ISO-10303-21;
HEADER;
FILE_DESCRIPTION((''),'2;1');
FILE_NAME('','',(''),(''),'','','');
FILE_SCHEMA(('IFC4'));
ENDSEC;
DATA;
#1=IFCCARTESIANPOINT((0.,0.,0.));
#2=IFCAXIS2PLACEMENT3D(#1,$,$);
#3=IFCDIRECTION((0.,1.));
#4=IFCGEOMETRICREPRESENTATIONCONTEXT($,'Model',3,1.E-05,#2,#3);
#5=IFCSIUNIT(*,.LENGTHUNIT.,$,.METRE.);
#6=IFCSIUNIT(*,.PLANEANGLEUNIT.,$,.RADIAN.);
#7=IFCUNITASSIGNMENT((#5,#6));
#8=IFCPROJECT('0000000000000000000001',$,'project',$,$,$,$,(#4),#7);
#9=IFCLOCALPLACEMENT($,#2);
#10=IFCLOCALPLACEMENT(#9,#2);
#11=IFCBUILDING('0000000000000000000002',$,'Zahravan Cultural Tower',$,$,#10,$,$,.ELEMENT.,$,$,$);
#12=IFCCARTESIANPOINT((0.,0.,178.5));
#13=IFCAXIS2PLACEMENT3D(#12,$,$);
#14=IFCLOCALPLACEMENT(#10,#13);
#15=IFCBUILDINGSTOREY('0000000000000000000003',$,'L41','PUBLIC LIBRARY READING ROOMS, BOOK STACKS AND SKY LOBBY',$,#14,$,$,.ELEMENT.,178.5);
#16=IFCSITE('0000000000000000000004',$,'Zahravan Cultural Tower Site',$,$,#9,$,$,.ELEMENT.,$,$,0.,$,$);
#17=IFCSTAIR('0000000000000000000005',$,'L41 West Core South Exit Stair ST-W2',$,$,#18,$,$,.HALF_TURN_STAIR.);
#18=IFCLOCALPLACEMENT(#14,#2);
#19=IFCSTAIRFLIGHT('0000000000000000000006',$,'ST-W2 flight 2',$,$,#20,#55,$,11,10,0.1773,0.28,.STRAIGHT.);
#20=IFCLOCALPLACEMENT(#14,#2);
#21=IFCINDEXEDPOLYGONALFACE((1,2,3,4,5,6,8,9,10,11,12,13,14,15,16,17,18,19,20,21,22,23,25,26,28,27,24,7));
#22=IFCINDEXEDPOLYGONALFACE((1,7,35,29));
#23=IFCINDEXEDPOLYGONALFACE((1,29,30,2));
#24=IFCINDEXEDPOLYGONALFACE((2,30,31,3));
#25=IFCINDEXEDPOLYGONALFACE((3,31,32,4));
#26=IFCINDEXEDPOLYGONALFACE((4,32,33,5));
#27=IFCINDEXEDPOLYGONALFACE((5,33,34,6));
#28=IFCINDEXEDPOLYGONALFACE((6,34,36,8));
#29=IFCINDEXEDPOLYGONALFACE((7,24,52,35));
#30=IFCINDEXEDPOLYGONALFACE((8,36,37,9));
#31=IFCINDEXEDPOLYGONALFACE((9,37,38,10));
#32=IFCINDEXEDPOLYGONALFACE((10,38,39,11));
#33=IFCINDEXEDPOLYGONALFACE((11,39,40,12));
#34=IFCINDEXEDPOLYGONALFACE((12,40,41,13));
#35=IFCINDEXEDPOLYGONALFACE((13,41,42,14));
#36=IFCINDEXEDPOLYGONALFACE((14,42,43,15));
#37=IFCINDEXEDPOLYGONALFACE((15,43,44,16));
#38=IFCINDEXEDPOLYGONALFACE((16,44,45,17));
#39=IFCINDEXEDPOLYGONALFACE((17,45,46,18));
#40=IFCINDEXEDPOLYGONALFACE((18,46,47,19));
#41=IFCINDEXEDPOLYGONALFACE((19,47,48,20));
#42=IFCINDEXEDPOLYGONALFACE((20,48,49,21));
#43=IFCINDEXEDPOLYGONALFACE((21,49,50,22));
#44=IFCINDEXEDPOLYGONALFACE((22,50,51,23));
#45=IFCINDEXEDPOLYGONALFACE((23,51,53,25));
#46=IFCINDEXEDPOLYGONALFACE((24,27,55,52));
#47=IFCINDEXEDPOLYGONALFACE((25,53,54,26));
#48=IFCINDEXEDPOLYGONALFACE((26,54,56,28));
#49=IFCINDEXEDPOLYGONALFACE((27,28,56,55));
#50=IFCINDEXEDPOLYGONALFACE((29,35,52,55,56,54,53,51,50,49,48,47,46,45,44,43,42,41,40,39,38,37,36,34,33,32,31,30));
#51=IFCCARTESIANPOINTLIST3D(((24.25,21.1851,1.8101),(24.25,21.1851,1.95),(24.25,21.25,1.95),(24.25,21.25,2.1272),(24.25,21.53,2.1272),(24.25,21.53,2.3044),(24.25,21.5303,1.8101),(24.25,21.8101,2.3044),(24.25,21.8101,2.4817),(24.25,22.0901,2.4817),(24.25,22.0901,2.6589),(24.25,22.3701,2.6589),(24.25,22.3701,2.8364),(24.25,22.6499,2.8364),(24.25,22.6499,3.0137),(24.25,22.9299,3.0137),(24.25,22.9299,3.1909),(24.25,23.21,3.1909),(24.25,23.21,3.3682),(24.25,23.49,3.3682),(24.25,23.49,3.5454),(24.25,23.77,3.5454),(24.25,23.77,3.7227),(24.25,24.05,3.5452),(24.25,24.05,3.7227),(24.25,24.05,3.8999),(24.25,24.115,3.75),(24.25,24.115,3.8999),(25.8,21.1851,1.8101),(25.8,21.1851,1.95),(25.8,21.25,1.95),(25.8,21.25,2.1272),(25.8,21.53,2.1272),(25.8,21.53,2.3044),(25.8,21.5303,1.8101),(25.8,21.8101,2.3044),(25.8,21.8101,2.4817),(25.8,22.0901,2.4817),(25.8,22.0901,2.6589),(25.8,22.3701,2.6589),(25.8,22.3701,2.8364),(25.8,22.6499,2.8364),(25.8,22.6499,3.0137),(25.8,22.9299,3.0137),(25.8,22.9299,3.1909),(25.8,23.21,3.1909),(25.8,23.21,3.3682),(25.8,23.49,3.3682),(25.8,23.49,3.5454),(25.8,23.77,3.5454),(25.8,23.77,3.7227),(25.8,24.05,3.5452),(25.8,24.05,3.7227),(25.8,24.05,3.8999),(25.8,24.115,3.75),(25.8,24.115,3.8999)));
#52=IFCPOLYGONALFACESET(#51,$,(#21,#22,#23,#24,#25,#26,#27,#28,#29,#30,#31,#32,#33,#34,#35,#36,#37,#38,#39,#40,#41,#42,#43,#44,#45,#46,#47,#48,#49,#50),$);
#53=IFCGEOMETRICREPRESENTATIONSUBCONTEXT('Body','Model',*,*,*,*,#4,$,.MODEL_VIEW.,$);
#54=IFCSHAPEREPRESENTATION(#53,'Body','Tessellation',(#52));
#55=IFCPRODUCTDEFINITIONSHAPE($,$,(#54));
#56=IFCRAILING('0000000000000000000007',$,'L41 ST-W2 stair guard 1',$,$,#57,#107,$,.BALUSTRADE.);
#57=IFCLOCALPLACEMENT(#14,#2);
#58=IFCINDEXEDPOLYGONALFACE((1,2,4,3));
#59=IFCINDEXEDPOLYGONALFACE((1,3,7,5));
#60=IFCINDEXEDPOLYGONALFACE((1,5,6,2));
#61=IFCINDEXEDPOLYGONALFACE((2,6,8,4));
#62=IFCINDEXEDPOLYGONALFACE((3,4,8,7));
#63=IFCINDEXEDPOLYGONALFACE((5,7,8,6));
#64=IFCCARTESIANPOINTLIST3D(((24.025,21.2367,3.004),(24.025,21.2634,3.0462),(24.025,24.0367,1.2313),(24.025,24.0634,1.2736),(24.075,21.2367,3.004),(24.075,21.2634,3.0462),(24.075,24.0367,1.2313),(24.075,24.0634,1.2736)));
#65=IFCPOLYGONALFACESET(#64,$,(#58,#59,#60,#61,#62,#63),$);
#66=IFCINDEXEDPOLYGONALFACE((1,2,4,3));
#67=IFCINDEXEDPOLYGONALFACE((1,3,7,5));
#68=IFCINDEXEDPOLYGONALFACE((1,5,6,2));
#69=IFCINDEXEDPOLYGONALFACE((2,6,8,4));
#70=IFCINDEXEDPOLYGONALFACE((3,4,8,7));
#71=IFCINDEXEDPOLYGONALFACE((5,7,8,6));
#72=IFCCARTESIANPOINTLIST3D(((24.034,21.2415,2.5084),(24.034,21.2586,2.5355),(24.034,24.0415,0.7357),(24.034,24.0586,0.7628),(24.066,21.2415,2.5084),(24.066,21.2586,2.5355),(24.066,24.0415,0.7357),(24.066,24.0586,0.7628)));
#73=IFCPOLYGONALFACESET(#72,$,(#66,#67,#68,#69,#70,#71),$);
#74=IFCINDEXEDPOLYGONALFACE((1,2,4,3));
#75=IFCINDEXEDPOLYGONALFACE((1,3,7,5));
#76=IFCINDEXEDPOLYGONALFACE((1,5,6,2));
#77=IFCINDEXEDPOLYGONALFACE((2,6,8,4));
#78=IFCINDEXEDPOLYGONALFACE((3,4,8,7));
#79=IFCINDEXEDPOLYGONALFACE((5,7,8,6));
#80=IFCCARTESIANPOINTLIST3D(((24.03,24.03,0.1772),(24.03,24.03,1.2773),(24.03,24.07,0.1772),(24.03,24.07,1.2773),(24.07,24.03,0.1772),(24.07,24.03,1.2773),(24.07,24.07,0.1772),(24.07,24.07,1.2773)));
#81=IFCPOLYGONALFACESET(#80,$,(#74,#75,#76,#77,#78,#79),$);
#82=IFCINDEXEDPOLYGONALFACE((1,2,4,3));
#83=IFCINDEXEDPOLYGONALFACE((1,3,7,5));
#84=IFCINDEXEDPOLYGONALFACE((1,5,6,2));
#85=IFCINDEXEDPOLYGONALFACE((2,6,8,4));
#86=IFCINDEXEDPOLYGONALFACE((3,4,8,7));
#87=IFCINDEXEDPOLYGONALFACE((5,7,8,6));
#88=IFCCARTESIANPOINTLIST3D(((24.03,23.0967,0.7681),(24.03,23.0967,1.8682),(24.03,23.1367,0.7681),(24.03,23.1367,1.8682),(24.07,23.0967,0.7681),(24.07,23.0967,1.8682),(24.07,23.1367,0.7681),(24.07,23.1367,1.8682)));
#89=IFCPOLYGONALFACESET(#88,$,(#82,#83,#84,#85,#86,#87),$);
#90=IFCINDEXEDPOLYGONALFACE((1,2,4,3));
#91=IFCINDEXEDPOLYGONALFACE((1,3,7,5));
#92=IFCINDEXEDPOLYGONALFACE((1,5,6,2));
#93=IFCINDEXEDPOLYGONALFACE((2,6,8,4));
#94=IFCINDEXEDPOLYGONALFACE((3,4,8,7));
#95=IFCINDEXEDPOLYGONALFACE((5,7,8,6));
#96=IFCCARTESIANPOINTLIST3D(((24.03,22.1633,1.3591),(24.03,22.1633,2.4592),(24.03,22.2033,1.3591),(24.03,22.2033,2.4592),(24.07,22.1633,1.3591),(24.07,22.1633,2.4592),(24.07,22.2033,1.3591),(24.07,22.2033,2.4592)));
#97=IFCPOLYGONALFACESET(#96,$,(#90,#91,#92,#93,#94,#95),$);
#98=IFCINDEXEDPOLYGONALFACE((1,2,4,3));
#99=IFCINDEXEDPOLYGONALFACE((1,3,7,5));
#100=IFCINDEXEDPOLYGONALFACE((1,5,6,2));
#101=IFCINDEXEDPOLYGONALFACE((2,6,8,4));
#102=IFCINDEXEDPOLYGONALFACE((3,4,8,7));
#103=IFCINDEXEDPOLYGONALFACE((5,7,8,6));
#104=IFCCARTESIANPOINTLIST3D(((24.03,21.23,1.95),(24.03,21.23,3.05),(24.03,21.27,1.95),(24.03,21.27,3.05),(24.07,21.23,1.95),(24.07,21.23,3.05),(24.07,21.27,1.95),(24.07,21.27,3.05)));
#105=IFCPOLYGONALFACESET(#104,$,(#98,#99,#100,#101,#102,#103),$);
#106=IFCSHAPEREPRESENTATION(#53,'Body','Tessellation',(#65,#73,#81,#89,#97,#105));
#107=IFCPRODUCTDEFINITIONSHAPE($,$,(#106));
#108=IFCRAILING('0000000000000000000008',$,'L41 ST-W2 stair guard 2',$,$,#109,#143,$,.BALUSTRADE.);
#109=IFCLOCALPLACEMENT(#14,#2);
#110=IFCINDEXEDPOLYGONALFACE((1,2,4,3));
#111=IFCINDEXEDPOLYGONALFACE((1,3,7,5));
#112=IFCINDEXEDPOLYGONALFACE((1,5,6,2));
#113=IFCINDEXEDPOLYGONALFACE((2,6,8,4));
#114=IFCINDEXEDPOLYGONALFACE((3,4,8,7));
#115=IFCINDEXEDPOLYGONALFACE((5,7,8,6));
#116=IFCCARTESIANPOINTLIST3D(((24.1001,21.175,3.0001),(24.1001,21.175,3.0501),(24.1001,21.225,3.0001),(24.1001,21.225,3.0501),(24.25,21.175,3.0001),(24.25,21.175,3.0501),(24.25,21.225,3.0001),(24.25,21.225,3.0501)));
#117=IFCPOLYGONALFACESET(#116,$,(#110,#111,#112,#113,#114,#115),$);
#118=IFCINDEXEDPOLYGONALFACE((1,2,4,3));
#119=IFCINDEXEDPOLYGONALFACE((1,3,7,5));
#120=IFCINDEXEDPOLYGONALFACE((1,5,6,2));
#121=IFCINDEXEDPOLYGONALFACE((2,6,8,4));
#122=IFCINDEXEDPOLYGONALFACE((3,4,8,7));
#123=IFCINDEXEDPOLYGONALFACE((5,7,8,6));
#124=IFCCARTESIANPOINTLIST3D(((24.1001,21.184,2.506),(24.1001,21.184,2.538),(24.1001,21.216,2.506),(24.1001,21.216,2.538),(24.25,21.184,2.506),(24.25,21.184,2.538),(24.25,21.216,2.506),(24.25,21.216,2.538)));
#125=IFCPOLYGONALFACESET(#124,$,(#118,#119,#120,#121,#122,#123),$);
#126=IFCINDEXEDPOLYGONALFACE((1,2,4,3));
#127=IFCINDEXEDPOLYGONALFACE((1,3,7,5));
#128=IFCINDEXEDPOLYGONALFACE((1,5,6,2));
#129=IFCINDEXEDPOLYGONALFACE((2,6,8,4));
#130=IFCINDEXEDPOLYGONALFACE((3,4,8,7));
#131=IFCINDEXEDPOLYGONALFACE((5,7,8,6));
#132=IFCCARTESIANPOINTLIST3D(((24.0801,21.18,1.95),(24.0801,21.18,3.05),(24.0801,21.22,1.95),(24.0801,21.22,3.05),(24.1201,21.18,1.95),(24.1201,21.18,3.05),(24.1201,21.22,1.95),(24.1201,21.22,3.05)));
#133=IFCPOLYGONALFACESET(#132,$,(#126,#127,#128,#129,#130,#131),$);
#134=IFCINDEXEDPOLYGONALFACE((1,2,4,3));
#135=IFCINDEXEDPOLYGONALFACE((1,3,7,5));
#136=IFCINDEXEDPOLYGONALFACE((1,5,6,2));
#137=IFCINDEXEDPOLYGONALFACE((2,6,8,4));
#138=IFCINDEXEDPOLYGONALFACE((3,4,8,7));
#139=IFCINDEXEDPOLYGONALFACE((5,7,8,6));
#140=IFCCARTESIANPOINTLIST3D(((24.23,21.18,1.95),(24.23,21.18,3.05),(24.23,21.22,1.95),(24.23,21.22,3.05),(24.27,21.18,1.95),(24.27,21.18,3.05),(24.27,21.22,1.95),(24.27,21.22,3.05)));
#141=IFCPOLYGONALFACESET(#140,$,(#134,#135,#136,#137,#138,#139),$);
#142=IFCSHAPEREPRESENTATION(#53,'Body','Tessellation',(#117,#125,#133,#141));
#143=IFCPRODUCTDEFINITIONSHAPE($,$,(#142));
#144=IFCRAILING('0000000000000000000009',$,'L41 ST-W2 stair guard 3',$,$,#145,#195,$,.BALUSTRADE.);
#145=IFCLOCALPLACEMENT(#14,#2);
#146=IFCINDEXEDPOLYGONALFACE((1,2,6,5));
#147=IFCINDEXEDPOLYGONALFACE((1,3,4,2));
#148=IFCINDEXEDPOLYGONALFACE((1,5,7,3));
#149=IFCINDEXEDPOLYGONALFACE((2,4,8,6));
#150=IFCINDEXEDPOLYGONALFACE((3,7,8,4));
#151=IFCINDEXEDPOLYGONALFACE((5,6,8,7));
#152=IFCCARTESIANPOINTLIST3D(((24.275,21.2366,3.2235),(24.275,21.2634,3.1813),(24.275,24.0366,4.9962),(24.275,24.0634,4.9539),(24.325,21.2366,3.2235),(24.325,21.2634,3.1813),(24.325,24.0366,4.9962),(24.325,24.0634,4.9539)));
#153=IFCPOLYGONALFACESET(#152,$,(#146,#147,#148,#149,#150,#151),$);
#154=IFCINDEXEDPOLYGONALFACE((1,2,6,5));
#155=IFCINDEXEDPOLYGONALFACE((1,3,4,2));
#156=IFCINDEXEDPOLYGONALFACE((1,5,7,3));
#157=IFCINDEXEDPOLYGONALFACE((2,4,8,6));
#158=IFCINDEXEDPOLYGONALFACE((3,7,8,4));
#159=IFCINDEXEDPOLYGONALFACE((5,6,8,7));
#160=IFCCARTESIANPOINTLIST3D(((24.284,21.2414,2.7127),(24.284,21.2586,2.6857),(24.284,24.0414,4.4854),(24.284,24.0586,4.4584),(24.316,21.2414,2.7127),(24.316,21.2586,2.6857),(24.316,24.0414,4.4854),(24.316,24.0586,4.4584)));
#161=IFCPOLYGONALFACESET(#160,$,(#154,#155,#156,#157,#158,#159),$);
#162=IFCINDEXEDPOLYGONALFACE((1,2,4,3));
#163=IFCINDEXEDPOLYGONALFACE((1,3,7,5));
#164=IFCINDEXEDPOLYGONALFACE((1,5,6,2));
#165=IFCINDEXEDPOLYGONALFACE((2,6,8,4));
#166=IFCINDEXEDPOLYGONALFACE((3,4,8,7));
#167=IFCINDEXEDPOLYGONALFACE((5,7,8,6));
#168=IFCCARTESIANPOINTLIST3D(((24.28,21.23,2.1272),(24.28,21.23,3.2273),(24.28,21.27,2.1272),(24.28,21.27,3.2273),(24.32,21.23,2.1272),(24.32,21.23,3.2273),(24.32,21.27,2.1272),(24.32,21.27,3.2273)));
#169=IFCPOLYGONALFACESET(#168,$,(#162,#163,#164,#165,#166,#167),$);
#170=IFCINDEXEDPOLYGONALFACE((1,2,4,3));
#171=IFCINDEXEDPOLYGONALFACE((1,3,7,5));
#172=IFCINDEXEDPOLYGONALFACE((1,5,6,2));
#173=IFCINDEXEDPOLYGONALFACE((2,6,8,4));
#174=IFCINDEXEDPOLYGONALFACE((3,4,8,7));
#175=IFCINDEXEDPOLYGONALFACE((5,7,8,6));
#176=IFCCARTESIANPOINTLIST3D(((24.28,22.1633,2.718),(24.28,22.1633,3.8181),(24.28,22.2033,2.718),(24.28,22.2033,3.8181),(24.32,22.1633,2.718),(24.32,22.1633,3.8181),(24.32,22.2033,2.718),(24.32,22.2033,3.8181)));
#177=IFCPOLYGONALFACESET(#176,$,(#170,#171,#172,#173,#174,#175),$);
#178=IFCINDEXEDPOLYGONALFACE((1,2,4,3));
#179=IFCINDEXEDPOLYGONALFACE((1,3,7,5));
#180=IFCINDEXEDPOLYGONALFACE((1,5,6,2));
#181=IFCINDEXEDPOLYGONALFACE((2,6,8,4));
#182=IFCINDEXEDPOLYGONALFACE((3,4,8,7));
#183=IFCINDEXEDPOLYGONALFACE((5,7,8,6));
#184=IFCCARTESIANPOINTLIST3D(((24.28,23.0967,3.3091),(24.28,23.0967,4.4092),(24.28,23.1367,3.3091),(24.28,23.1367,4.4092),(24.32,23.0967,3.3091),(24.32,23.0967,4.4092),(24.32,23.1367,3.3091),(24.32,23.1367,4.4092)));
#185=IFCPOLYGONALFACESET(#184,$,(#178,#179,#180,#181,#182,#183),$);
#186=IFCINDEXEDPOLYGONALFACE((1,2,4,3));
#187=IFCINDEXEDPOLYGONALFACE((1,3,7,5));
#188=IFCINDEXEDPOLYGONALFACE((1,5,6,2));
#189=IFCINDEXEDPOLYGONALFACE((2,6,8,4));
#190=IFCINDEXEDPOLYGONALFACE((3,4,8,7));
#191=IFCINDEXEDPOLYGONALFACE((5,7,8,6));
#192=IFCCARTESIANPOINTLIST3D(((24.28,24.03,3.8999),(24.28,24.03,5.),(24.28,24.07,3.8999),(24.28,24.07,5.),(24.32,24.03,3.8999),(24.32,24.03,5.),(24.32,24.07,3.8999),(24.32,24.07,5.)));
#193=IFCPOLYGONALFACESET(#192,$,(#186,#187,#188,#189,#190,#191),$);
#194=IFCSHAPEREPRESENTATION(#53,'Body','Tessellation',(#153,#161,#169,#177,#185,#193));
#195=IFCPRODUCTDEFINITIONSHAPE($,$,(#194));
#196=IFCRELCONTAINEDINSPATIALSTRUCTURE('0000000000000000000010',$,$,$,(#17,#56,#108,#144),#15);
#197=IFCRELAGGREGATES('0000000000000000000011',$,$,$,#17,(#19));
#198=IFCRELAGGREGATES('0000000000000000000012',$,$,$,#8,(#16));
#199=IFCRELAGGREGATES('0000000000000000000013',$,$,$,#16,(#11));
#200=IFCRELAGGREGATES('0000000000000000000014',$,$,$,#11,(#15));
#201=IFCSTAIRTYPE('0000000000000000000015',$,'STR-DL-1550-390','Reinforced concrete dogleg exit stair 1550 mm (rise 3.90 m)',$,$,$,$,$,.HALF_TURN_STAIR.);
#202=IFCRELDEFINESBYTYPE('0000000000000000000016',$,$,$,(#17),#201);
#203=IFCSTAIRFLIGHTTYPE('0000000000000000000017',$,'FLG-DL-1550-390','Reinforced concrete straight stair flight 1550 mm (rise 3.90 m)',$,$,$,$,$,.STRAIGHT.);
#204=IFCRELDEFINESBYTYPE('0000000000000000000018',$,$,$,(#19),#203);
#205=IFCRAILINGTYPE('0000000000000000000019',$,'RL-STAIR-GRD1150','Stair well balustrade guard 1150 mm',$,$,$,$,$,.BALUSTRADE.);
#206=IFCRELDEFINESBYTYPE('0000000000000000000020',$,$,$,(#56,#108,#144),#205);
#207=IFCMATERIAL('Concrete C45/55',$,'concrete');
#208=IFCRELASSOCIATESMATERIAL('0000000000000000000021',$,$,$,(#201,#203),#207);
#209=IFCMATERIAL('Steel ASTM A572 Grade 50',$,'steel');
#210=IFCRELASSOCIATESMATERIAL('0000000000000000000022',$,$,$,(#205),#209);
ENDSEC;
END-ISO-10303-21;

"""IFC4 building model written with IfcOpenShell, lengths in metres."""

from ifc_helpers import new_model, si_unit, direction, frame, origin, origin_2d, place, context, subcontext, project, spatial, polyline, rectangle, outline, extrude, material, type_object, element, aggregate, save


model = new_model("IFC4")

# Units and contexts
model_context = context("Model", 3, precision=1e-05, world=origin(), true_north=direction((0.0, 1.0)))
body_context = subcontext(model_context, "Body", "Model", "MODEL_VIEW")
ifc_project = project(units=[si_unit("LENGTHUNIT", "METRE"), si_unit("PLANEANGLEUNIT", "RADIAN")], contexts=[model_context])

# Site, building, storey
site_placement = place(None, origin())
site = spatial("IfcSite", under=ifc_project, at=site_placement, Name="Zahravan Cultural Tower Site", CompositionType="ELEMENT", RefElevation=0.0)
building_placement = place(site_placement, origin())
building = spatial("IfcBuilding", under=site, at=building_placement, Name="Zahravan Cultural Tower", CompositionType="ELEMENT")
storey_placement = place(building_placement, frame((0.0, 0.0, 178.5)))
storey = spatial("IfcBuildingStorey", under=building, at=storey_placement, Name="L41", Description="PUBLIC LIBRARY READING ROOMS, BOOK STACKS AND SKY LOBBY", CompositionType="ELEMENT", Elevation=178.5)

# Shared definitions
ifc_material_1 = material(Name="Steel ASTM A572 Grade 50", Category="steel")
ifc_material_2 = material(Name="Concrete C45/55", Category="concrete")

# Stair, stair flight
stair_type = type_object("IfcStairType", Name="STR-DL-1550-390", Description="Reinforced concrete dogleg exit stair 1550 mm (rise 3.90 m)", PredefinedType="HALF_TURN_STAIR", material=ifc_material_2)
stair_placement = place(storey_placement, origin())
stair = element("IfcStair", 1, at=stair_placement, inside=storey, type_object=stair_type, Name="L41 West Core South Exit Stair ST-W2", PredefinedType="HALF_TURN_STAIR")
stair_flight_type = type_object("IfcStairFlightType", Name="FLG-DL-1550-390", Description="Reinforced concrete straight stair flight 1550 mm (rise 3.90 m)", PredefinedType="STRAIGHT", material=ifc_material_2)
stair_flight_1_placement = place(storey_placement, frame((25.0249, 21.25, 1.95), z_axis=(0.0, 0.0, 1.0), x_axis=(0.0, 1.0, 0.0)))
stair_flight_1 = element("IfcStairFlight", 2, at=stair_flight_1_placement, type_object=stair_flight_type, Name="ST-W2 flight 2", NumberOfRisers=11, NumberOfTreads=10, PredefinedType="STRAIGHT", RiserHeight=0.1773, TreadLength=0.28, context=body_context, shape_type="SweptSolid", body=[
    extrude(outline(polyline([(-0.0649, -0.1399), (-0.0649, 0.0), (0.0, 0.0), (0.0, 0.1772), (0.28, 0.1772), (0.28, 0.3545), (0.5601, 0.3545), (0.5601, 0.5317), (0.8401, 0.5317), (0.8401, 0.709), (1.1201, 0.709), (1.1201, 0.8865), (1.3999, 0.8865), (1.3999, 1.0637), (1.6799, 1.0637), (1.6799, 1.241), (1.96, 1.241), (1.96, 1.4182), (2.24, 1.4182), (2.24, 1.5955), (2.52, 1.5955), (2.52, 1.7727), (2.8, 1.7727), (2.8, 1.95), (2.865, 1.95), (2.865, 1.8), (2.8, 1.5952), (0.2803, -0.1399), (-0.0649, -0.1399)])), frame((0.0, 0.7749, 0.0), z_axis=(0.0, -1.0, 0.0), x_axis=(1.0, 0.0, 0.0)), (0.0, 0.0, 1.0), 1.55),
])
aggregate(stair, [stair_flight_1])

# Railings
railing_type_1 = type_object("IfcRailingType", Name="RL-STAIR-GRD1150", Description="Stair well balustrade guard 1150 mm", PredefinedType="BALUSTRADE", material=ifc_material_1)
railing_1_placement = place(storey_placement, frame((24.05, 24.05, 0.1772)))
element("IfcRailing", 3, at=railing_1_placement, inside=storey, type_object=railing_type_1, Name="L41 ST-W2 stair guard 1", PredefinedType="BALUSTRADE", context=body_context, shape_type="SweptSolid", body=[
    extrude(rectangle(XDim=0.05, YDim=0.05, at=origin_2d()), frame((0.0, 0.0, 1.0752), z_axis=(0.0, -0.844909, 0.53491), x_axis=(1.0, 0.0, 0.0)), (0.0, 0.0, 1.0), 3.314),
    extrude(rectangle(XDim=0.032, YDim=0.032, at=origin_2d()), frame((0.0, 0.0, 0.572), z_axis=(0.0, -0.844909, 0.53491), x_axis=(1.0, 0.0, 0.0)), (0.0, 0.0, 1.0), 3.314),
    extrude(rectangle(XDim=0.04, YDim=0.04, at=origin_2d()), origin(), (0.0, 0.0, 1.0), 1.1001),
    extrude(rectangle(XDim=0.04, YDim=0.04, at=origin_2d()), frame((0.0, -0.9333, 0.5908)), (0.0, 0.0, 1.0), 1.1001),
    extrude(rectangle(XDim=0.04, YDim=0.04, at=origin_2d()), frame((0.0, -1.8667, 1.1819)), (0.0, 0.0, 1.0), 1.1001),
    extrude(rectangle(XDim=0.04, YDim=0.04, at=origin_2d()), frame((0.0, -2.8, 1.7727)), (0.0, 0.0, 1.0), 1.1001),
])
railing_2_placement = place(storey_placement, frame((24.1001, 21.2, 1.95)))
element("IfcRailing", 4, at=railing_2_placement, inside=storey, type_object=railing_type_1, Name="L41 ST-W2 stair guard 2", PredefinedType="BALUSTRADE", context=body_context, shape_type="SweptSolid", body=[
    extrude(rectangle(XDim=0.05, YDim=0.05, at=origin_2d()), frame((0.0, 0.0, 1.0752), z_axis=(1.0, 0.0, 0.0), x_axis=(0.0, 1.0, 0.0)), (0.0, 0.0, 1.0), 0.1499),
    extrude(rectangle(XDim=0.032, YDim=0.032, at=origin_2d()), frame((0.0, 0.0, 0.572), z_axis=(1.0, 0.0, 0.0), x_axis=(0.0, 1.0, 0.0)), (0.0, 0.0, 1.0), 0.1499),
    extrude(rectangle(XDim=0.04, YDim=0.04, at=origin_2d()), origin(), (0.0, 0.0, 1.0), 1.1001),
    extrude(rectangle(XDim=0.04, YDim=0.04, at=origin_2d()), frame((0.1499, 0.0, 0.0)), (0.0, 0.0, 1.0), 1.1001),
])
railing_3_placement = place(storey_placement, frame((24.3, 21.25, 2.1272)))
element("IfcRailing", 5, at=railing_3_placement, inside=storey, type_object=railing_type_1, Name="L41 ST-W2 stair guard 3", PredefinedType="BALUSTRADE", context=body_context, shape_type="SweptSolid", body=[
    extrude(rectangle(XDim=0.05, YDim=0.05, at=origin_2d()), frame((0.0, 0.0, 1.0752), z_axis=(0.0, 0.844909, 0.53491), x_axis=(-1.0, 0.0, 0.0)), (0.0, 0.0, 1.0), 3.314),
    extrude(rectangle(XDim=0.032, YDim=0.032, at=origin_2d()), frame((0.0, 0.0, 0.572), z_axis=(0.0, 0.844909, 0.53491), x_axis=(-1.0, 0.0, 0.0)), (0.0, 0.0, 1.0), 3.314),
    extrude(rectangle(XDim=0.04, YDim=0.04, at=origin_2d()), origin(), (0.0, 0.0, 1.0), 1.1001),
    extrude(rectangle(XDim=0.04, YDim=0.04, at=origin_2d()), frame((0.0, 0.9333, 0.5908)), (0.0, 0.0, 1.0), 1.1001),
    extrude(rectangle(XDim=0.04, YDim=0.04, at=origin_2d()), frame((0.0, 1.8667, 1.1819)), (0.0, 0.0, 1.0), 1.1001),
    extrude(rectangle(XDim=0.04, YDim=0.04, at=origin_2d()), frame((0.0, 2.8, 1.7727)), (0.0, 0.0, 1.0), 1.1001),
])

save(model, "model.ifc")
